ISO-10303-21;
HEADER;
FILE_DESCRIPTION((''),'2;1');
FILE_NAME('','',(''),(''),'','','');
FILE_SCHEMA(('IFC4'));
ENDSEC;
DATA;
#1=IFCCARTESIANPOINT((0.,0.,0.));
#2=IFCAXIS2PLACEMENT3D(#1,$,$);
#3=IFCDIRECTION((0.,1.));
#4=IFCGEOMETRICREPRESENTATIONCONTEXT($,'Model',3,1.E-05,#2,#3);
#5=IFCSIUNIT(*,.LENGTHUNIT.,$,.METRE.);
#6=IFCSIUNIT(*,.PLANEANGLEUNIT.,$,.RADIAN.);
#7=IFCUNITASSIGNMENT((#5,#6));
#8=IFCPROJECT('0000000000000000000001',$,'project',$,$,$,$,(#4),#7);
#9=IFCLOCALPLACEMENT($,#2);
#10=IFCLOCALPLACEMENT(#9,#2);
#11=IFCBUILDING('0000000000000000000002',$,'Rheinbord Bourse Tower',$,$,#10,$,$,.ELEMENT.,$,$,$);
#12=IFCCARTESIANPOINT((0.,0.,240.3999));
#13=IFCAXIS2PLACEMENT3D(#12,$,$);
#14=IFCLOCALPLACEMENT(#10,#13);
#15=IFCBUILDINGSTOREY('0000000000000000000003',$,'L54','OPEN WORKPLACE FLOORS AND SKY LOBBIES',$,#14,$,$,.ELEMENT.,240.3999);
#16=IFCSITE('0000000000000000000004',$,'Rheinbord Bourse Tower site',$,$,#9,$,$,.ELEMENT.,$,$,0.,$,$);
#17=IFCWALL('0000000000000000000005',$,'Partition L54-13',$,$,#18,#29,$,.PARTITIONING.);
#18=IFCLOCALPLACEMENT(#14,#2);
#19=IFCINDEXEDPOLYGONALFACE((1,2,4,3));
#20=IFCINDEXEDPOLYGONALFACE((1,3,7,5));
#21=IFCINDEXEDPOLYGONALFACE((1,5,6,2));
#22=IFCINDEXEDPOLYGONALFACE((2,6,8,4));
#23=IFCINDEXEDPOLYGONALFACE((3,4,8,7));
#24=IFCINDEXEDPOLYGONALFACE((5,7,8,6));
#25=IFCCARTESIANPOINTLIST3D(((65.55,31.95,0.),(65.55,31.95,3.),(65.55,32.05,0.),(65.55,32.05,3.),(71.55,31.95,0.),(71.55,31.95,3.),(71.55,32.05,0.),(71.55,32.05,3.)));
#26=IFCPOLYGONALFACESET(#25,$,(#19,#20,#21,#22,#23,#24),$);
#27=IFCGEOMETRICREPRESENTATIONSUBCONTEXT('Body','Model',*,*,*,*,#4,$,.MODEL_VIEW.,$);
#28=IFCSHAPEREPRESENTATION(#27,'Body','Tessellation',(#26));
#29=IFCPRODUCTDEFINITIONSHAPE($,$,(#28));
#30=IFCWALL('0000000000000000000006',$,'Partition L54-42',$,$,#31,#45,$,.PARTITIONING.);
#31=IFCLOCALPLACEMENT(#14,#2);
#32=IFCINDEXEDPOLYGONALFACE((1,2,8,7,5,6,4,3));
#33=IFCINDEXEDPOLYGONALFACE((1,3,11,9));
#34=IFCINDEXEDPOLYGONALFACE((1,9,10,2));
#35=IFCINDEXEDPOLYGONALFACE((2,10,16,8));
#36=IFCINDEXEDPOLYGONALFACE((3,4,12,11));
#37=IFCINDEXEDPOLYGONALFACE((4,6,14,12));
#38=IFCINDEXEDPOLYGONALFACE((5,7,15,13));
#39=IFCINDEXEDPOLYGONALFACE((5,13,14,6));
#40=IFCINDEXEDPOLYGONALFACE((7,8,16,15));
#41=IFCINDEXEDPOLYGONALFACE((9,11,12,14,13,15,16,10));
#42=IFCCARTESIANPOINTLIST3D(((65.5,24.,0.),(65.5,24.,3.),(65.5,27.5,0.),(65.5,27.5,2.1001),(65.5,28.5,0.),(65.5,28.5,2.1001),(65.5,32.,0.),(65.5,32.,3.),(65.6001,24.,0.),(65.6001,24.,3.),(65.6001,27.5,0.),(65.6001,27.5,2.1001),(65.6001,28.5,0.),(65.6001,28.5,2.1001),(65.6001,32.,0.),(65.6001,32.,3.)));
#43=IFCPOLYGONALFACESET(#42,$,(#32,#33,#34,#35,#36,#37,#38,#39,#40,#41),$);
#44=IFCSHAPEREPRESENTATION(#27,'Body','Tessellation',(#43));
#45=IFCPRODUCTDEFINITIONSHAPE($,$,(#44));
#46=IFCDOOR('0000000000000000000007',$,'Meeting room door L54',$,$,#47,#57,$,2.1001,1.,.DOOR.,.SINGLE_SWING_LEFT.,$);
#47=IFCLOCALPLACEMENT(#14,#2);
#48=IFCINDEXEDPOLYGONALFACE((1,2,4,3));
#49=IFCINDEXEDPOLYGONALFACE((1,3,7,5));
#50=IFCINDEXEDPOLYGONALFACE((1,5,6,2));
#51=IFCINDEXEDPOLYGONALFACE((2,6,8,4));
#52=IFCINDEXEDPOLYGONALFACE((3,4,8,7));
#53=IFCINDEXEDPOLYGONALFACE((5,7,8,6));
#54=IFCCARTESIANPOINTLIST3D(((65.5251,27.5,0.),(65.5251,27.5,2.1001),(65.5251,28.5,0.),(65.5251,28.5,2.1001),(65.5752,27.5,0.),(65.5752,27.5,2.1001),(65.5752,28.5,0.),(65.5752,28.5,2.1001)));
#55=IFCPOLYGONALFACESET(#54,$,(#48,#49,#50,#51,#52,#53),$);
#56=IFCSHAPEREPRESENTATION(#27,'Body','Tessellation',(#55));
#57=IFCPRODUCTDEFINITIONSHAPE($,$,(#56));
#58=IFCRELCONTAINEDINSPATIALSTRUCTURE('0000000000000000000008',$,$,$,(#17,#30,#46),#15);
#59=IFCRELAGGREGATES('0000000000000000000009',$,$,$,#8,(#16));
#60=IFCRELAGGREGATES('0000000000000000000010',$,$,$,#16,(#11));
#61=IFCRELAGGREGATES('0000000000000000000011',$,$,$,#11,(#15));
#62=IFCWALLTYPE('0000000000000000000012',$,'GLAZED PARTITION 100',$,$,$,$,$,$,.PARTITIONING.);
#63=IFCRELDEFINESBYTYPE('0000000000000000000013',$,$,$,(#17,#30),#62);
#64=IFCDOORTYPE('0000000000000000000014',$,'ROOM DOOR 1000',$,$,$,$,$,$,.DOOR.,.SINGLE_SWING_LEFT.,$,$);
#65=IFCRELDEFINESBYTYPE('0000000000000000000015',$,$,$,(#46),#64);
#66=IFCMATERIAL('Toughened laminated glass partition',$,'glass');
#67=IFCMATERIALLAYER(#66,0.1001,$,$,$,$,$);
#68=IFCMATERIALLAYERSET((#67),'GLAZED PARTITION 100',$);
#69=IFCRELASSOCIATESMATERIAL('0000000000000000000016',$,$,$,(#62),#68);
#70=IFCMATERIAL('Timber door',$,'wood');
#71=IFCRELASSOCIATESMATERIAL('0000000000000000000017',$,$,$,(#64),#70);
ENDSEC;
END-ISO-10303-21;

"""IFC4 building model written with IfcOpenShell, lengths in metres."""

from ifc_helpers import new_model, si_unit, direction, frame, frame_2d, origin, place, context, subcontext, project, spatial, rectangle, extrude, material, layer, layer_set, type_object, element, fill, save


model = new_model("IFC4")

# Units and contexts
model_context = context("Model", 3, precision=1e-05, world=origin(), true_north=direction((0.0, 1.0)))
body_context = subcontext(model_context, "Body", "Model", "MODEL_VIEW")
ifc_project = project(units=[si_unit("LENGTHUNIT", "METRE"), si_unit("PLANEANGLEUNIT", "RADIAN")], contexts=[model_context])

# Site, building, storey
site_placement = place(None, origin())
site = spatial("IfcSite", under=ifc_project, at=site_placement, Name="Rheinbord Bourse Tower site", CompositionType="ELEMENT", RefElevation=0.0)
building_placement = place(site_placement, origin())
building = spatial("IfcBuilding", under=site, at=building_placement, Name="Rheinbord Bourse Tower", CompositionType="ELEMENT")
storey_placement = place(building_placement, frame((0.0, 0.0, 240.3999)))
storey = spatial("IfcBuildingStorey", under=building, at=storey_placement, Name="L54", Description="OPEN WORKPLACE FLOORS AND SKY LOBBIES", CompositionType="ELEMENT", Elevation=240.3999)

# Wall
ifc_material_1 = material(Name="Toughened laminated glass partition", Category="glass")
ifc_layer_1 = layer(ifc_material_1, 0.1001)
ifc_layer_set_1 = layer_set([ifc_layer_1], Name="GLAZED PARTITION 100")
wall_type_1 = type_object("IfcWallType", Name="GLAZED PARTITION 100", PredefinedType="PARTITIONING", material=ifc_layer_set_1)
for number, where, z_axis, x_axis, name in (
    (1, (65.55, 32.0, 0.0), (0.0, 0.0, 1.0), (1.0, 0.0, 0.0), "Partition L54-13"),
):
    element("IfcWall", number, at=place(storey_placement, frame(where, z_axis=z_axis, x_axis=x_axis)), inside=storey, type_object=wall_type_1, Name=name, PredefinedType="PARTITIONING", context=body_context, shape_type="SweptSolid", body=[
        extrude(rectangle(XDim=6.0, YDim=0.1001, at=frame_2d((3.0, 0.0))), origin(), (0.0, 0.0, 1.0), 3.0),
    ])

# Wall, opening, door
wall_1_placement = place(storey_placement, frame((65.55, 24.0, 0.0), z_axis=(0.0, 0.0, 1.0), x_axis=(0.0, 1.0, 0.0)))
wall_1 = element("IfcWall", 2, at=wall_1_placement, inside=storey, type_object=wall_type_1, Name="Partition L54-42", PredefinedType="PARTITIONING", context=body_context, shape_type="SweptSolid", body=[
    extrude(rectangle(XDim=8.0, YDim=0.1001, at=frame_2d((4.0, 0.0))), origin(), (0.0, 0.0, 1.0), 3.0),
])
opening_placement = place(wall_1_placement, frame((3.5, 0.0, 0.0)))
opening = element("IfcOpeningElement", 3, at=opening_placement, cuts=wall_1, PredefinedType="OPENING", context=body_context, shape_type="SweptSolid", body=[
    extrude(rectangle(XDim=1.0, YDim=2.1001, at=frame_2d((0.5, 1.05))), frame((0.0, 0.0601, 0.0), z_axis=(0.0, -1.0, 0.0), x_axis=(1.0, 0.0, 0.0)), (0.0, 0.0, 1.0), 0.1201),
])
ifc_material_2 = material(Name="Timber door", Category="wood")
door_type = type_object("IfcDoorType", Name="ROOM DOOR 1000", OperationType="SINGLE_SWING_LEFT", PredefinedType="DOOR", material=ifc_material_2)
door_placement = place(opening_placement, origin())
door = element("IfcDoor", 4, at=door_placement, inside=storey, type_object=door_type, Name="Meeting room door L54", OperationType="SINGLE_SWING_LEFT", OverallHeight=2.1001, OverallWidth=1.0, PredefinedType="DOOR", context=body_context, shape_type="SweptSolid", body=[
    extrude(rectangle(XDim=1.0, YDim=2.1001, at=frame_2d((0.5, 1.05))), frame((0.0, 0.0249, 0.0), z_axis=(0.0, -1.0, 0.0), x_axis=(1.0, 0.0, 0.0)), (0.0, 0.0, 1.0), 0.05),
])
fill(opening, door)

save(model, "model.ifc")
